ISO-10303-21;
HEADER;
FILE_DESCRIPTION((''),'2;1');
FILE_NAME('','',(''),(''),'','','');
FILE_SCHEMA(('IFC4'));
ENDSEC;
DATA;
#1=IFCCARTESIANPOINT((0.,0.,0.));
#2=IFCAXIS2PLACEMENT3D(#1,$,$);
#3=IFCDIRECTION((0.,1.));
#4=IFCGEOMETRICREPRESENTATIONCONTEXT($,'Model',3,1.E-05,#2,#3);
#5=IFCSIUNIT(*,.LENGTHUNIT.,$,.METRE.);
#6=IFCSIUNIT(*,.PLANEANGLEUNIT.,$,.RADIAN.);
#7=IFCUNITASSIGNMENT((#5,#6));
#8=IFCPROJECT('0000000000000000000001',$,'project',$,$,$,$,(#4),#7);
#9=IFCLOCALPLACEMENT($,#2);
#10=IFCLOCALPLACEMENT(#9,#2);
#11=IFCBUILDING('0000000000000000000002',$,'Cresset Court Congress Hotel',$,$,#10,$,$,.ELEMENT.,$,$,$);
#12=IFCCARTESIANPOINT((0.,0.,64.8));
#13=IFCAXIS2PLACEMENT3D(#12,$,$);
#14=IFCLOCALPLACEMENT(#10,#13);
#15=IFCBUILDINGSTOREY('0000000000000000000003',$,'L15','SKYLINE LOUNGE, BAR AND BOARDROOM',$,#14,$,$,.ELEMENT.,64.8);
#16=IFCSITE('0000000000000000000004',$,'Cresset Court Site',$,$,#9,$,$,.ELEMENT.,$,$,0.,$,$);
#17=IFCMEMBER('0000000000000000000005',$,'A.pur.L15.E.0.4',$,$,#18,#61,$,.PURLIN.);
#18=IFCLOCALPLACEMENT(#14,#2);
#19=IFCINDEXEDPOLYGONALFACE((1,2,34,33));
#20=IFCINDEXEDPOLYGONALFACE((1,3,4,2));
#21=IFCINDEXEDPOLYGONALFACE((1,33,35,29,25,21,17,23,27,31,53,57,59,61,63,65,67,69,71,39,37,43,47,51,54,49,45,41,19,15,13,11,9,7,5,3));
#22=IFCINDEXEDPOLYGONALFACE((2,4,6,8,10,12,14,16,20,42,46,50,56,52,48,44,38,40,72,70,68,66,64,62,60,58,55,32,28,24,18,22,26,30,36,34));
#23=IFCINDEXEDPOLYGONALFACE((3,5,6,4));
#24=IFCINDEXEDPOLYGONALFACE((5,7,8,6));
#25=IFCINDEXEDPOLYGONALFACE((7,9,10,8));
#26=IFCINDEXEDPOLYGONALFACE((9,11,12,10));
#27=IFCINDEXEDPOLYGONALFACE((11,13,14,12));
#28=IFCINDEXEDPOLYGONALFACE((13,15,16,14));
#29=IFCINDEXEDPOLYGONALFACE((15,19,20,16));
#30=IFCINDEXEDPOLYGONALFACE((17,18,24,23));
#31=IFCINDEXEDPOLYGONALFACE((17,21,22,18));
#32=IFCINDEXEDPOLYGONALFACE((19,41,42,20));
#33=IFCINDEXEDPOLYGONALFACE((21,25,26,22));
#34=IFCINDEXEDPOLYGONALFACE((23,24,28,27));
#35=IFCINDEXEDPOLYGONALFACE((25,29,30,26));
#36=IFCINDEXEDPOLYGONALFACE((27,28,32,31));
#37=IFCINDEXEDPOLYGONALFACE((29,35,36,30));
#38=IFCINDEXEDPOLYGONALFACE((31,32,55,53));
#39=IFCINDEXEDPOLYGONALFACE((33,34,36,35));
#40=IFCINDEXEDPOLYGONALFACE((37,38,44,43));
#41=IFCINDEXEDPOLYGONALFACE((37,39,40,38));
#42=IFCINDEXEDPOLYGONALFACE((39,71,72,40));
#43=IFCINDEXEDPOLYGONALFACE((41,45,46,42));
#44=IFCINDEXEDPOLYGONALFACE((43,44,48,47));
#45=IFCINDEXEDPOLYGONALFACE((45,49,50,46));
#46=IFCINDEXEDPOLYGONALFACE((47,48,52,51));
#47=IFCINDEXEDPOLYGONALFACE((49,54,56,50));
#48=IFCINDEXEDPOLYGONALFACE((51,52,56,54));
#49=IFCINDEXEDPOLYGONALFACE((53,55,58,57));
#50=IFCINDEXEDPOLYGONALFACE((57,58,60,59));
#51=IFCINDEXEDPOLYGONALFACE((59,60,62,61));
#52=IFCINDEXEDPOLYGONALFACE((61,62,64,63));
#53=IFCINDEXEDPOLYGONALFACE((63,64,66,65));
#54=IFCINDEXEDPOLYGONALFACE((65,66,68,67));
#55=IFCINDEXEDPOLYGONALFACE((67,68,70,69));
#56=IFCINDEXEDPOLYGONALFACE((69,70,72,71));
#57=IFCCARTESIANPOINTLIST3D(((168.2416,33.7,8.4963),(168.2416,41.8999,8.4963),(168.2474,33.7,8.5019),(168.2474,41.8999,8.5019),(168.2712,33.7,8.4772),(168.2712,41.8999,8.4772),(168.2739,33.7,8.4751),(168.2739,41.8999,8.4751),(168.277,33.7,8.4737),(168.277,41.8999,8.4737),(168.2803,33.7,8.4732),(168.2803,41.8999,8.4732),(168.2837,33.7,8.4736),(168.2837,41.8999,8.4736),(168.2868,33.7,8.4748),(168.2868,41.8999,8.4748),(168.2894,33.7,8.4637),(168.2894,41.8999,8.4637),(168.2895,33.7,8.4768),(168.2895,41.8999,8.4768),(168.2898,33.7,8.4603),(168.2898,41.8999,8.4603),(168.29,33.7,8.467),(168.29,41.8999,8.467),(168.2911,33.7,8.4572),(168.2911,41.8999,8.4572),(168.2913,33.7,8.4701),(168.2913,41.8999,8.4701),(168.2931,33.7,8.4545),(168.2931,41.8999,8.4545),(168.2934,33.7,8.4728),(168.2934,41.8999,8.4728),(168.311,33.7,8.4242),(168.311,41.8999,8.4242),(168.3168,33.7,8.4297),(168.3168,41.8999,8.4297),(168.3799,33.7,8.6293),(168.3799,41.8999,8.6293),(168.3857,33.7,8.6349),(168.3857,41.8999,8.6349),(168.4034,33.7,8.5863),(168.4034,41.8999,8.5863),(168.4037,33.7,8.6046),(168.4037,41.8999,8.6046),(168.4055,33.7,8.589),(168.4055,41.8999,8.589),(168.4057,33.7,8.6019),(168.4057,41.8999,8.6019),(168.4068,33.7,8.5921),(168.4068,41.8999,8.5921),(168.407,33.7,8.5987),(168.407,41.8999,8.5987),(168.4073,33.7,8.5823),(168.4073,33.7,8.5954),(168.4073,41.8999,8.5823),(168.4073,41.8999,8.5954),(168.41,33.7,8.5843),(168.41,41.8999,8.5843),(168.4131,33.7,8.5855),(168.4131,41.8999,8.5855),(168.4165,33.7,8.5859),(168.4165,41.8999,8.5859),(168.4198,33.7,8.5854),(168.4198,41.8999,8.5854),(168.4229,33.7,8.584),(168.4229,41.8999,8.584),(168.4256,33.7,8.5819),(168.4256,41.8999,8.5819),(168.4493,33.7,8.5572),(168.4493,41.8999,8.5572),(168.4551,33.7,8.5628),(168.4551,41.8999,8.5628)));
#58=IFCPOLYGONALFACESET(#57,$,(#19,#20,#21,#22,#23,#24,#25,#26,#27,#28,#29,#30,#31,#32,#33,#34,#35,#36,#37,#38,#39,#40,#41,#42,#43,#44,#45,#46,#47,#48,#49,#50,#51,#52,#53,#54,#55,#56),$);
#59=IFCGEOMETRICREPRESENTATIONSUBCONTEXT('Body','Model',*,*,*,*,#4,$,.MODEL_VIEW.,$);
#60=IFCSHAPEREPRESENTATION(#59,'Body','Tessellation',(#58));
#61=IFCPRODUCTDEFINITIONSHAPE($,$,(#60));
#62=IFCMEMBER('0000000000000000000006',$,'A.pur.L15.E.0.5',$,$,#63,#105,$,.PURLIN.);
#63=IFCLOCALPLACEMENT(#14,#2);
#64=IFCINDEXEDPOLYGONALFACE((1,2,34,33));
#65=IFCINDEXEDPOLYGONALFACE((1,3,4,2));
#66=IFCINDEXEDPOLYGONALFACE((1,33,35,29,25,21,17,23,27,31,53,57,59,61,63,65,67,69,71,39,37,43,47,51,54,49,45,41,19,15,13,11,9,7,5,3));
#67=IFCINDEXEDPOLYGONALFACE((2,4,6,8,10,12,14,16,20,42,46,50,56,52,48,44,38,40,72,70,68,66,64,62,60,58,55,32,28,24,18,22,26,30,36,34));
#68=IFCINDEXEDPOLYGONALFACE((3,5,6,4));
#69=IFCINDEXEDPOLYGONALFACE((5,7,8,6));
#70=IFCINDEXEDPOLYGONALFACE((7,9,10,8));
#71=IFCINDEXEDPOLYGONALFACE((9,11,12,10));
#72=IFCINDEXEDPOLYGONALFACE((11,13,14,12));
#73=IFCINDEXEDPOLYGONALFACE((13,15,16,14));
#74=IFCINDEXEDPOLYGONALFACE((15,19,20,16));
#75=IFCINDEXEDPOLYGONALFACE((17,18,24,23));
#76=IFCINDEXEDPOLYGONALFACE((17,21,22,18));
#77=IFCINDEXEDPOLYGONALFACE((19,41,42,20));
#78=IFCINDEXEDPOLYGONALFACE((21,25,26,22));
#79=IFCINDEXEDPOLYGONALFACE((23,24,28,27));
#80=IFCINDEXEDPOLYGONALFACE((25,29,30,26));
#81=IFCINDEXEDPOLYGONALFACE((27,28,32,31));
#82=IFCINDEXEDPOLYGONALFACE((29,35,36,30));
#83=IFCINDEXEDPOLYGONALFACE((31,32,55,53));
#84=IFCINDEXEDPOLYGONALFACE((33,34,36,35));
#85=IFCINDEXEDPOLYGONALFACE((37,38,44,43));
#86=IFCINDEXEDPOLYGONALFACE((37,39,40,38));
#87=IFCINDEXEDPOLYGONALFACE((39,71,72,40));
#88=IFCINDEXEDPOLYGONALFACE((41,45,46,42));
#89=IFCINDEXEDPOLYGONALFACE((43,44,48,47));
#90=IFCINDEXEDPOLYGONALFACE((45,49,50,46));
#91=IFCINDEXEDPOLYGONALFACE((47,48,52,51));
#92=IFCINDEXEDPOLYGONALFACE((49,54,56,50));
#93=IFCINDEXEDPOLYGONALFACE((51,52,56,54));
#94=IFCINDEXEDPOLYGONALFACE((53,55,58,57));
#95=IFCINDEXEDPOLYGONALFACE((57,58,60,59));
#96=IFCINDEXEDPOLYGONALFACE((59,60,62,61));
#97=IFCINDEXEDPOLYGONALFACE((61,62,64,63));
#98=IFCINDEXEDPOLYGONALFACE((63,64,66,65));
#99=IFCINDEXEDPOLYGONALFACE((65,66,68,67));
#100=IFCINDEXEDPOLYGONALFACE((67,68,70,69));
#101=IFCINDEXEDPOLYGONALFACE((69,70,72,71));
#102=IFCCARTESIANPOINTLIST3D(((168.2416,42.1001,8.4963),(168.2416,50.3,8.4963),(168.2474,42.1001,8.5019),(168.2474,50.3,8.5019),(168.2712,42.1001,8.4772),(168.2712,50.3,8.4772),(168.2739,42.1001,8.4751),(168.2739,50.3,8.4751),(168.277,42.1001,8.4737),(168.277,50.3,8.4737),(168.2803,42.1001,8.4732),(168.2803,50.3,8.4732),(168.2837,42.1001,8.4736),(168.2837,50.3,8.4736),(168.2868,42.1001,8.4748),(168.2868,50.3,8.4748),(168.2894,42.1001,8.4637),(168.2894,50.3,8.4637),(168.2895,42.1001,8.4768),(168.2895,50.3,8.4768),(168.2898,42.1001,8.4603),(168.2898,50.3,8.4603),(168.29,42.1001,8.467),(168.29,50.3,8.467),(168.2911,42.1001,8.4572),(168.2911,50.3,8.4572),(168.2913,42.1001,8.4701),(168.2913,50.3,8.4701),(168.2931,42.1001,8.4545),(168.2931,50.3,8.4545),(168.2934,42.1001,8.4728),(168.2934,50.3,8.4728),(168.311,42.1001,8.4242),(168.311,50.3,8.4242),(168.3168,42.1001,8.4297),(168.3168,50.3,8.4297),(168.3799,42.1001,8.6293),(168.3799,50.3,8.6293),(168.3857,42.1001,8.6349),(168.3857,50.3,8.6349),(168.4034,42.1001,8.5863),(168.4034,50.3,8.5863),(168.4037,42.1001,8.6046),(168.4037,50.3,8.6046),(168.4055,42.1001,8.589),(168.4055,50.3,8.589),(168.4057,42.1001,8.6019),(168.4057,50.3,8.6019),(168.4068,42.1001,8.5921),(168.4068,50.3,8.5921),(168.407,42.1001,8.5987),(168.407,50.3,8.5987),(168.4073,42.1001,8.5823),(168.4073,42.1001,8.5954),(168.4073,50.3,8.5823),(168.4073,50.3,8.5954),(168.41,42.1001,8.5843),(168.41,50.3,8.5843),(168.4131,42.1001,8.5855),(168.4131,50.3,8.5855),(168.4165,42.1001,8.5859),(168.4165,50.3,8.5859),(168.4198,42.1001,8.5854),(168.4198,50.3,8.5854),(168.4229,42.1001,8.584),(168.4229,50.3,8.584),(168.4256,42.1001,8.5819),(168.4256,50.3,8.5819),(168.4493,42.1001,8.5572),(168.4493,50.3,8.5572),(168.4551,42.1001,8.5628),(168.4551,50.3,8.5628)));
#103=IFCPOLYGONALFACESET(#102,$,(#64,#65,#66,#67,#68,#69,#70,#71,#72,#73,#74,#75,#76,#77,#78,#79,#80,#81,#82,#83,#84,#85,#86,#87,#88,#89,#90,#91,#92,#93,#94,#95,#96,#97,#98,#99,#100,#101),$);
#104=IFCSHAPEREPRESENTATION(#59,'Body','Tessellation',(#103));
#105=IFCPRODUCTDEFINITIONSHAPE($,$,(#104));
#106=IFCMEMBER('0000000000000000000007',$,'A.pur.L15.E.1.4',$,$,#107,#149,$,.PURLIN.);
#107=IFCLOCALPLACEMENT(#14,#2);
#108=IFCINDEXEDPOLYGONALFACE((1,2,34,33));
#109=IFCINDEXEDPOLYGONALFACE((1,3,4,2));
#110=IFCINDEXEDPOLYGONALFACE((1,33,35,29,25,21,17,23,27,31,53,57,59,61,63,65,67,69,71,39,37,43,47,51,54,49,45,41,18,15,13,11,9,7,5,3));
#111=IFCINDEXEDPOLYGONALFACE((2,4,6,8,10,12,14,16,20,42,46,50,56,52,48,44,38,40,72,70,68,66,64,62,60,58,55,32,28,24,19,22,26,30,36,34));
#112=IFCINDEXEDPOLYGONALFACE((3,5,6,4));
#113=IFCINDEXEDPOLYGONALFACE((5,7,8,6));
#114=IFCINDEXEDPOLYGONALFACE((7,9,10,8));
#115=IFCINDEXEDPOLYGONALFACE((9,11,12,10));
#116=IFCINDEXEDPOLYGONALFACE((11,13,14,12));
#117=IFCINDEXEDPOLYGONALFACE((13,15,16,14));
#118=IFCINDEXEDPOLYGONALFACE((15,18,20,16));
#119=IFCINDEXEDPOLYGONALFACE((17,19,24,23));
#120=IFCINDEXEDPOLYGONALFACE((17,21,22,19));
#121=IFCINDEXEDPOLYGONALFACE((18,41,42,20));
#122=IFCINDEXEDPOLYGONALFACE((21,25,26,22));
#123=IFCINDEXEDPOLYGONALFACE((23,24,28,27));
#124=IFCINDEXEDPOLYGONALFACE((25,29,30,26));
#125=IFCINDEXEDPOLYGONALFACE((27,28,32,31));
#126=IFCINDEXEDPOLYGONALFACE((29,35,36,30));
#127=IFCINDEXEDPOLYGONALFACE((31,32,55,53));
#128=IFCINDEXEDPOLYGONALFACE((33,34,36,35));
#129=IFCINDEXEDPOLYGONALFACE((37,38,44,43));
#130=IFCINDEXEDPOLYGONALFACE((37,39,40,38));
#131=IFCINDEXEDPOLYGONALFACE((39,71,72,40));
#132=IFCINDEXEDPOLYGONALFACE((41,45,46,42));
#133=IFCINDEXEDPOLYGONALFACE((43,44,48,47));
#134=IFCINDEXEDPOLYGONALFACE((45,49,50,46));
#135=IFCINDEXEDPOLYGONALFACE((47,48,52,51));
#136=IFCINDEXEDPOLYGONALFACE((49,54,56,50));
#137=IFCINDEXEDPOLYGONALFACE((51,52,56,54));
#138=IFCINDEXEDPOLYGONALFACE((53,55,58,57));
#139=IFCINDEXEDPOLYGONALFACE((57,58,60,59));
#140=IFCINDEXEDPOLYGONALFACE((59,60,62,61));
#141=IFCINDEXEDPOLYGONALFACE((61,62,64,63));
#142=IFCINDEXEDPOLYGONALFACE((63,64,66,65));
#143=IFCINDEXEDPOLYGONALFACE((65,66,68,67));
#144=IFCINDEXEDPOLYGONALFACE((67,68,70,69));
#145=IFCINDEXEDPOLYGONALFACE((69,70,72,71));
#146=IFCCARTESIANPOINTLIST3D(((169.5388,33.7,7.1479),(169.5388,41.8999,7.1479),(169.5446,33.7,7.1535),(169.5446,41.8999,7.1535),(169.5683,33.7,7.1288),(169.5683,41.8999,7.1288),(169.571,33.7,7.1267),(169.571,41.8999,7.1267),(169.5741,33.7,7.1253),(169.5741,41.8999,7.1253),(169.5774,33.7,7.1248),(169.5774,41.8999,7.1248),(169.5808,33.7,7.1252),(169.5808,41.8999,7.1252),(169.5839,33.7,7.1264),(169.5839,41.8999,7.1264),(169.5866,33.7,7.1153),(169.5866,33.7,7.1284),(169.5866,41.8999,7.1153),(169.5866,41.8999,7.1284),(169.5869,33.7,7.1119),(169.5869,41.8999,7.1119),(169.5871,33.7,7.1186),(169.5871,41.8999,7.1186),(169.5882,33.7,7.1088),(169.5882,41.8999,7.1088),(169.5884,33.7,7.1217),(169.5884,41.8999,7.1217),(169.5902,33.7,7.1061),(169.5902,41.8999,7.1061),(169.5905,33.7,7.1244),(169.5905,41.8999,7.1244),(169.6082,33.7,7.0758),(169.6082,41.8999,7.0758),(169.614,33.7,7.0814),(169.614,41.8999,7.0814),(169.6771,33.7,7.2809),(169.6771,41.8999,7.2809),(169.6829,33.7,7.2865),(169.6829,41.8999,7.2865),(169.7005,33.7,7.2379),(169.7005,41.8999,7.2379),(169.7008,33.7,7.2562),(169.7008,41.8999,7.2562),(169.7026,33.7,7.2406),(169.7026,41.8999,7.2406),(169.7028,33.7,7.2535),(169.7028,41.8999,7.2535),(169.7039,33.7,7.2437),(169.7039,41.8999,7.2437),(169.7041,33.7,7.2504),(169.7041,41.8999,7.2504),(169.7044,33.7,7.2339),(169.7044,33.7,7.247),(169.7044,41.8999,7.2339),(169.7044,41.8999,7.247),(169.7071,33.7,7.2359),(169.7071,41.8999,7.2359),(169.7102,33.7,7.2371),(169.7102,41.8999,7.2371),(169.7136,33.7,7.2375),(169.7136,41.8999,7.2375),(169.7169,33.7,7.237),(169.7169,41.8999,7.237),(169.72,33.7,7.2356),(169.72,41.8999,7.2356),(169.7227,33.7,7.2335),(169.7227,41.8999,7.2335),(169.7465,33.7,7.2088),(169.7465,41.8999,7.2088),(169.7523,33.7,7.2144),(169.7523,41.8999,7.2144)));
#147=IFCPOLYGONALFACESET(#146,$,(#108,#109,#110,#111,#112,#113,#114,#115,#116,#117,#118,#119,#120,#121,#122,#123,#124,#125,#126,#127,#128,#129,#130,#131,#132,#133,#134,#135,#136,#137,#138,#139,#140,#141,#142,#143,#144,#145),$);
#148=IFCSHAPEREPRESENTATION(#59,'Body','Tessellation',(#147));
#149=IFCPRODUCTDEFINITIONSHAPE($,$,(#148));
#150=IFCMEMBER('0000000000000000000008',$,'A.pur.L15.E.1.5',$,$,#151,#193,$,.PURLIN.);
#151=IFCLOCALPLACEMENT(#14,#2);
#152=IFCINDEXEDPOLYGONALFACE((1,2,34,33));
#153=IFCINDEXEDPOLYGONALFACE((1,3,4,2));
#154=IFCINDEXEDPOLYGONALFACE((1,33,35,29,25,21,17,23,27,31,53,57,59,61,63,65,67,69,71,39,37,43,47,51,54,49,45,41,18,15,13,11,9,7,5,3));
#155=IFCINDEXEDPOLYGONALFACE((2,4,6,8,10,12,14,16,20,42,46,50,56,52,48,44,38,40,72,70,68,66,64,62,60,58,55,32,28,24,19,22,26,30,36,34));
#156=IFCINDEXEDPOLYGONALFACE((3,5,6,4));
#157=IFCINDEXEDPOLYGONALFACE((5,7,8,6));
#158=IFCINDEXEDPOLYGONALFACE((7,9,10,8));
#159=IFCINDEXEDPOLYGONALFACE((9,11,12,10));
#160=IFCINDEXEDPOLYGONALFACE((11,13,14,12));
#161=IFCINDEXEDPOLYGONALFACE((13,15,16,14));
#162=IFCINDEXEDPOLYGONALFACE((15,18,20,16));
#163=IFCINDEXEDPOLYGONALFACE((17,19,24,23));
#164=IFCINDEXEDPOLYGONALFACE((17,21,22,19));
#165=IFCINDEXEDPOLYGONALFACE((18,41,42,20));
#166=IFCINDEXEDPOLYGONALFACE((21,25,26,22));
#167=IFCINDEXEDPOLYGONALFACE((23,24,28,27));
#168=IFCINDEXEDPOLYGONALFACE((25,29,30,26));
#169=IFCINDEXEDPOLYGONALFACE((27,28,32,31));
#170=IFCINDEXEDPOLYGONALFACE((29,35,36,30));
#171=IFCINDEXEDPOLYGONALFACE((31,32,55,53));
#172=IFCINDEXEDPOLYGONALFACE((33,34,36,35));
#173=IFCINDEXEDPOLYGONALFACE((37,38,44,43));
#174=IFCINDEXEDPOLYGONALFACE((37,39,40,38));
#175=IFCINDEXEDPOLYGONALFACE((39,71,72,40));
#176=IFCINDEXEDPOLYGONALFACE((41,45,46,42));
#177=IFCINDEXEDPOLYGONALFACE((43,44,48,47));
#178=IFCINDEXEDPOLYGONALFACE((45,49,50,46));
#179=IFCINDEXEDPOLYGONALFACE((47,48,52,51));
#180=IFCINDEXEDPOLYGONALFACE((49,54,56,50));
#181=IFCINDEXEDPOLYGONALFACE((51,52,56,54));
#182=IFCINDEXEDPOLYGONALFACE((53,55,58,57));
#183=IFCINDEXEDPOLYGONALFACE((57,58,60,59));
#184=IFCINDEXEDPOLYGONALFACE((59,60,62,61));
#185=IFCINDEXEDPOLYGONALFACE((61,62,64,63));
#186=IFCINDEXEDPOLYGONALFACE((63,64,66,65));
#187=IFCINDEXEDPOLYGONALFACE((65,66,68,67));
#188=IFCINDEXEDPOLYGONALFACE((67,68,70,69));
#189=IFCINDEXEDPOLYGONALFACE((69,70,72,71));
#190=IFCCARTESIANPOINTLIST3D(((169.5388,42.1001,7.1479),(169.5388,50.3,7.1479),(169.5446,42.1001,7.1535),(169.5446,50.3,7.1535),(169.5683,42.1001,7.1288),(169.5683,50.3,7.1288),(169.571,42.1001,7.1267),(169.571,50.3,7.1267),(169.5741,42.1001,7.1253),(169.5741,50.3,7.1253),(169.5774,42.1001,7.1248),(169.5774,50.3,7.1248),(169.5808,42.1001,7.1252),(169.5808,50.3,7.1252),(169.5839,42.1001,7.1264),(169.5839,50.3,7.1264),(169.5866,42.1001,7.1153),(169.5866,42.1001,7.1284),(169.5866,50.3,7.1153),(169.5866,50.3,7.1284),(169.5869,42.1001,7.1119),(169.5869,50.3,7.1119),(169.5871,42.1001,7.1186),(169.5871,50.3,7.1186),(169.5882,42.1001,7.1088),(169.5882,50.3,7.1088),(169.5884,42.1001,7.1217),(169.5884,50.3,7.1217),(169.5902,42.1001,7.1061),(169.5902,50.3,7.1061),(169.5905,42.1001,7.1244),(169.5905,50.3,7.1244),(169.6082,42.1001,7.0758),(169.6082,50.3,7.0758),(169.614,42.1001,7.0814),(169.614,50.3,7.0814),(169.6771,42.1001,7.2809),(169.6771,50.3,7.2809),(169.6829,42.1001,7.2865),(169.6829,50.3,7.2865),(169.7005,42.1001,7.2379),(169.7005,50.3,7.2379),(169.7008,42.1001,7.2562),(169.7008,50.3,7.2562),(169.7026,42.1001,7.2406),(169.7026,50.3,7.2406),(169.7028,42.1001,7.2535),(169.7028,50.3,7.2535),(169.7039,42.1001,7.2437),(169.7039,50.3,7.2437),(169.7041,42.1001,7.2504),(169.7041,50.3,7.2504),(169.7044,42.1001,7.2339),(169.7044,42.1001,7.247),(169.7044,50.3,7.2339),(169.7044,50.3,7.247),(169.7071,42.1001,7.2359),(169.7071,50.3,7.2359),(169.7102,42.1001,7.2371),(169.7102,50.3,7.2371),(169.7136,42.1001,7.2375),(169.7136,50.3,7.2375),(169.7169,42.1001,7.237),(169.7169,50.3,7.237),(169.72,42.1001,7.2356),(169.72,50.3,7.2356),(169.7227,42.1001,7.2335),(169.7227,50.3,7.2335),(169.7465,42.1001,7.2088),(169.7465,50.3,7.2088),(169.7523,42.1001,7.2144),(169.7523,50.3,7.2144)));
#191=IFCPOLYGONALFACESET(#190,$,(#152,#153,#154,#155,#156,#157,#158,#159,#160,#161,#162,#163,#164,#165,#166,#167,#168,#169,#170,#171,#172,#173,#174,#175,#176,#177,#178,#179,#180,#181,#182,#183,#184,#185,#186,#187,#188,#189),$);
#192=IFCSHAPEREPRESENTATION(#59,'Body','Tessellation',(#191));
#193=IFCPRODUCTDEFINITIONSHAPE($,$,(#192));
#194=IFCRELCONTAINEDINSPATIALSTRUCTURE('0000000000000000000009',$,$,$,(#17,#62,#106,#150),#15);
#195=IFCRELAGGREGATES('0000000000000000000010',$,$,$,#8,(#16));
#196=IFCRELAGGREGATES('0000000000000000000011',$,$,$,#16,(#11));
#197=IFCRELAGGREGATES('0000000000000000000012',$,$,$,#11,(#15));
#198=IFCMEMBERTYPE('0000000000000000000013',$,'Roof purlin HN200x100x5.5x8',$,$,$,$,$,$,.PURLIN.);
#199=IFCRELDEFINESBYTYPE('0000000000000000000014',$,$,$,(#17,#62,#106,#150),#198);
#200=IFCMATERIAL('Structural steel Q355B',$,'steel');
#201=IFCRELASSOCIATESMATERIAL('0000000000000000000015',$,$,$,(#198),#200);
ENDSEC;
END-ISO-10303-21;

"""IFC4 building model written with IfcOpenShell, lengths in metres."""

from ifc_helpers import new_model, si_unit, direction, frame, origin, origin_2d, place, context, subcontext, project, spatial, i_section, extrude, material, material_profile, profile_set, type_object, element, save


model = new_model("IFC4")

# Units and contexts
model_context = context("Model", 3, precision=1e-05, world=origin(), true_north=direction((0.0, 1.0)))
body_context = subcontext(model_context, "Body", "Model", "MODEL_VIEW")
ifc_project = project(units=[si_unit("LENGTHUNIT", "METRE"), si_unit("PLANEANGLEUNIT", "RADIAN")], contexts=[model_context])

# Site, building, storey
site_placement = place(None, origin())
site = spatial("IfcSite", under=ifc_project, at=site_placement, Name="Cresset Court Site", CompositionType="ELEMENT", RefElevation=0.0)
building_placement = place(site_placement, origin())
building = spatial("IfcBuilding", under=site, at=building_placement, Name="Cresset Court Congress Hotel", CompositionType="ELEMENT")
storey_placement = place(building_placement, frame((0.0, 0.0, 64.8)))
storey = spatial("IfcBuildingStorey", under=building, at=storey_placement, Name="L15", Description="SKYLINE LOUNGE, BAR AND BOARDROOM", CompositionType="ELEMENT", Elevation=64.8)

# Members
ifc_material_1 = material(Name="Structural steel Q355B", Category="steel")
ifc_material_profile_1 = material_profile(ifc_material_1, i_section(OverallWidth=0.1001, OverallDepth=0.2, WebThickness=0.0056, FlangeThickness=0.0081, FilletRadius=0.0129, at=origin_2d()), Name="HN200x100x5.5x8")
ifc_profile_set_1 = profile_set([ifc_material_profile_1], Name="Structural steel Q355B")
member_type_1 = type_object("IfcMemberType", Name="Roof purlin HN200x100x5.5x8", PredefinedType="PURLIN", material=ifc_profile_set_1)
for number, where, z_axis, x_axis, name in (
    (1, (168.3484, 33.7, 8.5295), (0.0, 1.0, 0.0), (-0.693246, 0.0, 0.720701), "A.pur.L15.E.0.4"),
    (2, (168.3484, 42.1001, 8.5295), (0.0, 1.0, 0.0), (-0.693246, 0.0, 0.720701), "A.pur.L15.E.0.5"),
    (3, (169.6455, 33.7, 7.1812), (0.0, 1.0, 0.0), (-0.693246, 0.0, 0.720701), "A.pur.L15.E.1.4"),
    (4, (169.6455, 42.1001, 7.1812), (0.0, 1.0, 0.0), (-0.693246, 0.0, 0.720701), "A.pur.L15.E.1.5"),
):
    element("IfcMember", number, at=place(storey_placement, frame(where, z_axis=z_axis, x_axis=x_axis)), inside=storey, type_object=member_type_1, Name=name, PredefinedType="PURLIN", context=body_context, shape_type="SweptSolid", body=[
        extrude(i_section(OverallWidth=0.1001, OverallDepth=0.2, WebThickness=0.0056, FlangeThickness=0.0081, FilletRadius=0.0129, at=origin_2d()), origin(), (0.0, 0.0, 1.0), 8.2),
    ])

save(model, "model.ifc")
